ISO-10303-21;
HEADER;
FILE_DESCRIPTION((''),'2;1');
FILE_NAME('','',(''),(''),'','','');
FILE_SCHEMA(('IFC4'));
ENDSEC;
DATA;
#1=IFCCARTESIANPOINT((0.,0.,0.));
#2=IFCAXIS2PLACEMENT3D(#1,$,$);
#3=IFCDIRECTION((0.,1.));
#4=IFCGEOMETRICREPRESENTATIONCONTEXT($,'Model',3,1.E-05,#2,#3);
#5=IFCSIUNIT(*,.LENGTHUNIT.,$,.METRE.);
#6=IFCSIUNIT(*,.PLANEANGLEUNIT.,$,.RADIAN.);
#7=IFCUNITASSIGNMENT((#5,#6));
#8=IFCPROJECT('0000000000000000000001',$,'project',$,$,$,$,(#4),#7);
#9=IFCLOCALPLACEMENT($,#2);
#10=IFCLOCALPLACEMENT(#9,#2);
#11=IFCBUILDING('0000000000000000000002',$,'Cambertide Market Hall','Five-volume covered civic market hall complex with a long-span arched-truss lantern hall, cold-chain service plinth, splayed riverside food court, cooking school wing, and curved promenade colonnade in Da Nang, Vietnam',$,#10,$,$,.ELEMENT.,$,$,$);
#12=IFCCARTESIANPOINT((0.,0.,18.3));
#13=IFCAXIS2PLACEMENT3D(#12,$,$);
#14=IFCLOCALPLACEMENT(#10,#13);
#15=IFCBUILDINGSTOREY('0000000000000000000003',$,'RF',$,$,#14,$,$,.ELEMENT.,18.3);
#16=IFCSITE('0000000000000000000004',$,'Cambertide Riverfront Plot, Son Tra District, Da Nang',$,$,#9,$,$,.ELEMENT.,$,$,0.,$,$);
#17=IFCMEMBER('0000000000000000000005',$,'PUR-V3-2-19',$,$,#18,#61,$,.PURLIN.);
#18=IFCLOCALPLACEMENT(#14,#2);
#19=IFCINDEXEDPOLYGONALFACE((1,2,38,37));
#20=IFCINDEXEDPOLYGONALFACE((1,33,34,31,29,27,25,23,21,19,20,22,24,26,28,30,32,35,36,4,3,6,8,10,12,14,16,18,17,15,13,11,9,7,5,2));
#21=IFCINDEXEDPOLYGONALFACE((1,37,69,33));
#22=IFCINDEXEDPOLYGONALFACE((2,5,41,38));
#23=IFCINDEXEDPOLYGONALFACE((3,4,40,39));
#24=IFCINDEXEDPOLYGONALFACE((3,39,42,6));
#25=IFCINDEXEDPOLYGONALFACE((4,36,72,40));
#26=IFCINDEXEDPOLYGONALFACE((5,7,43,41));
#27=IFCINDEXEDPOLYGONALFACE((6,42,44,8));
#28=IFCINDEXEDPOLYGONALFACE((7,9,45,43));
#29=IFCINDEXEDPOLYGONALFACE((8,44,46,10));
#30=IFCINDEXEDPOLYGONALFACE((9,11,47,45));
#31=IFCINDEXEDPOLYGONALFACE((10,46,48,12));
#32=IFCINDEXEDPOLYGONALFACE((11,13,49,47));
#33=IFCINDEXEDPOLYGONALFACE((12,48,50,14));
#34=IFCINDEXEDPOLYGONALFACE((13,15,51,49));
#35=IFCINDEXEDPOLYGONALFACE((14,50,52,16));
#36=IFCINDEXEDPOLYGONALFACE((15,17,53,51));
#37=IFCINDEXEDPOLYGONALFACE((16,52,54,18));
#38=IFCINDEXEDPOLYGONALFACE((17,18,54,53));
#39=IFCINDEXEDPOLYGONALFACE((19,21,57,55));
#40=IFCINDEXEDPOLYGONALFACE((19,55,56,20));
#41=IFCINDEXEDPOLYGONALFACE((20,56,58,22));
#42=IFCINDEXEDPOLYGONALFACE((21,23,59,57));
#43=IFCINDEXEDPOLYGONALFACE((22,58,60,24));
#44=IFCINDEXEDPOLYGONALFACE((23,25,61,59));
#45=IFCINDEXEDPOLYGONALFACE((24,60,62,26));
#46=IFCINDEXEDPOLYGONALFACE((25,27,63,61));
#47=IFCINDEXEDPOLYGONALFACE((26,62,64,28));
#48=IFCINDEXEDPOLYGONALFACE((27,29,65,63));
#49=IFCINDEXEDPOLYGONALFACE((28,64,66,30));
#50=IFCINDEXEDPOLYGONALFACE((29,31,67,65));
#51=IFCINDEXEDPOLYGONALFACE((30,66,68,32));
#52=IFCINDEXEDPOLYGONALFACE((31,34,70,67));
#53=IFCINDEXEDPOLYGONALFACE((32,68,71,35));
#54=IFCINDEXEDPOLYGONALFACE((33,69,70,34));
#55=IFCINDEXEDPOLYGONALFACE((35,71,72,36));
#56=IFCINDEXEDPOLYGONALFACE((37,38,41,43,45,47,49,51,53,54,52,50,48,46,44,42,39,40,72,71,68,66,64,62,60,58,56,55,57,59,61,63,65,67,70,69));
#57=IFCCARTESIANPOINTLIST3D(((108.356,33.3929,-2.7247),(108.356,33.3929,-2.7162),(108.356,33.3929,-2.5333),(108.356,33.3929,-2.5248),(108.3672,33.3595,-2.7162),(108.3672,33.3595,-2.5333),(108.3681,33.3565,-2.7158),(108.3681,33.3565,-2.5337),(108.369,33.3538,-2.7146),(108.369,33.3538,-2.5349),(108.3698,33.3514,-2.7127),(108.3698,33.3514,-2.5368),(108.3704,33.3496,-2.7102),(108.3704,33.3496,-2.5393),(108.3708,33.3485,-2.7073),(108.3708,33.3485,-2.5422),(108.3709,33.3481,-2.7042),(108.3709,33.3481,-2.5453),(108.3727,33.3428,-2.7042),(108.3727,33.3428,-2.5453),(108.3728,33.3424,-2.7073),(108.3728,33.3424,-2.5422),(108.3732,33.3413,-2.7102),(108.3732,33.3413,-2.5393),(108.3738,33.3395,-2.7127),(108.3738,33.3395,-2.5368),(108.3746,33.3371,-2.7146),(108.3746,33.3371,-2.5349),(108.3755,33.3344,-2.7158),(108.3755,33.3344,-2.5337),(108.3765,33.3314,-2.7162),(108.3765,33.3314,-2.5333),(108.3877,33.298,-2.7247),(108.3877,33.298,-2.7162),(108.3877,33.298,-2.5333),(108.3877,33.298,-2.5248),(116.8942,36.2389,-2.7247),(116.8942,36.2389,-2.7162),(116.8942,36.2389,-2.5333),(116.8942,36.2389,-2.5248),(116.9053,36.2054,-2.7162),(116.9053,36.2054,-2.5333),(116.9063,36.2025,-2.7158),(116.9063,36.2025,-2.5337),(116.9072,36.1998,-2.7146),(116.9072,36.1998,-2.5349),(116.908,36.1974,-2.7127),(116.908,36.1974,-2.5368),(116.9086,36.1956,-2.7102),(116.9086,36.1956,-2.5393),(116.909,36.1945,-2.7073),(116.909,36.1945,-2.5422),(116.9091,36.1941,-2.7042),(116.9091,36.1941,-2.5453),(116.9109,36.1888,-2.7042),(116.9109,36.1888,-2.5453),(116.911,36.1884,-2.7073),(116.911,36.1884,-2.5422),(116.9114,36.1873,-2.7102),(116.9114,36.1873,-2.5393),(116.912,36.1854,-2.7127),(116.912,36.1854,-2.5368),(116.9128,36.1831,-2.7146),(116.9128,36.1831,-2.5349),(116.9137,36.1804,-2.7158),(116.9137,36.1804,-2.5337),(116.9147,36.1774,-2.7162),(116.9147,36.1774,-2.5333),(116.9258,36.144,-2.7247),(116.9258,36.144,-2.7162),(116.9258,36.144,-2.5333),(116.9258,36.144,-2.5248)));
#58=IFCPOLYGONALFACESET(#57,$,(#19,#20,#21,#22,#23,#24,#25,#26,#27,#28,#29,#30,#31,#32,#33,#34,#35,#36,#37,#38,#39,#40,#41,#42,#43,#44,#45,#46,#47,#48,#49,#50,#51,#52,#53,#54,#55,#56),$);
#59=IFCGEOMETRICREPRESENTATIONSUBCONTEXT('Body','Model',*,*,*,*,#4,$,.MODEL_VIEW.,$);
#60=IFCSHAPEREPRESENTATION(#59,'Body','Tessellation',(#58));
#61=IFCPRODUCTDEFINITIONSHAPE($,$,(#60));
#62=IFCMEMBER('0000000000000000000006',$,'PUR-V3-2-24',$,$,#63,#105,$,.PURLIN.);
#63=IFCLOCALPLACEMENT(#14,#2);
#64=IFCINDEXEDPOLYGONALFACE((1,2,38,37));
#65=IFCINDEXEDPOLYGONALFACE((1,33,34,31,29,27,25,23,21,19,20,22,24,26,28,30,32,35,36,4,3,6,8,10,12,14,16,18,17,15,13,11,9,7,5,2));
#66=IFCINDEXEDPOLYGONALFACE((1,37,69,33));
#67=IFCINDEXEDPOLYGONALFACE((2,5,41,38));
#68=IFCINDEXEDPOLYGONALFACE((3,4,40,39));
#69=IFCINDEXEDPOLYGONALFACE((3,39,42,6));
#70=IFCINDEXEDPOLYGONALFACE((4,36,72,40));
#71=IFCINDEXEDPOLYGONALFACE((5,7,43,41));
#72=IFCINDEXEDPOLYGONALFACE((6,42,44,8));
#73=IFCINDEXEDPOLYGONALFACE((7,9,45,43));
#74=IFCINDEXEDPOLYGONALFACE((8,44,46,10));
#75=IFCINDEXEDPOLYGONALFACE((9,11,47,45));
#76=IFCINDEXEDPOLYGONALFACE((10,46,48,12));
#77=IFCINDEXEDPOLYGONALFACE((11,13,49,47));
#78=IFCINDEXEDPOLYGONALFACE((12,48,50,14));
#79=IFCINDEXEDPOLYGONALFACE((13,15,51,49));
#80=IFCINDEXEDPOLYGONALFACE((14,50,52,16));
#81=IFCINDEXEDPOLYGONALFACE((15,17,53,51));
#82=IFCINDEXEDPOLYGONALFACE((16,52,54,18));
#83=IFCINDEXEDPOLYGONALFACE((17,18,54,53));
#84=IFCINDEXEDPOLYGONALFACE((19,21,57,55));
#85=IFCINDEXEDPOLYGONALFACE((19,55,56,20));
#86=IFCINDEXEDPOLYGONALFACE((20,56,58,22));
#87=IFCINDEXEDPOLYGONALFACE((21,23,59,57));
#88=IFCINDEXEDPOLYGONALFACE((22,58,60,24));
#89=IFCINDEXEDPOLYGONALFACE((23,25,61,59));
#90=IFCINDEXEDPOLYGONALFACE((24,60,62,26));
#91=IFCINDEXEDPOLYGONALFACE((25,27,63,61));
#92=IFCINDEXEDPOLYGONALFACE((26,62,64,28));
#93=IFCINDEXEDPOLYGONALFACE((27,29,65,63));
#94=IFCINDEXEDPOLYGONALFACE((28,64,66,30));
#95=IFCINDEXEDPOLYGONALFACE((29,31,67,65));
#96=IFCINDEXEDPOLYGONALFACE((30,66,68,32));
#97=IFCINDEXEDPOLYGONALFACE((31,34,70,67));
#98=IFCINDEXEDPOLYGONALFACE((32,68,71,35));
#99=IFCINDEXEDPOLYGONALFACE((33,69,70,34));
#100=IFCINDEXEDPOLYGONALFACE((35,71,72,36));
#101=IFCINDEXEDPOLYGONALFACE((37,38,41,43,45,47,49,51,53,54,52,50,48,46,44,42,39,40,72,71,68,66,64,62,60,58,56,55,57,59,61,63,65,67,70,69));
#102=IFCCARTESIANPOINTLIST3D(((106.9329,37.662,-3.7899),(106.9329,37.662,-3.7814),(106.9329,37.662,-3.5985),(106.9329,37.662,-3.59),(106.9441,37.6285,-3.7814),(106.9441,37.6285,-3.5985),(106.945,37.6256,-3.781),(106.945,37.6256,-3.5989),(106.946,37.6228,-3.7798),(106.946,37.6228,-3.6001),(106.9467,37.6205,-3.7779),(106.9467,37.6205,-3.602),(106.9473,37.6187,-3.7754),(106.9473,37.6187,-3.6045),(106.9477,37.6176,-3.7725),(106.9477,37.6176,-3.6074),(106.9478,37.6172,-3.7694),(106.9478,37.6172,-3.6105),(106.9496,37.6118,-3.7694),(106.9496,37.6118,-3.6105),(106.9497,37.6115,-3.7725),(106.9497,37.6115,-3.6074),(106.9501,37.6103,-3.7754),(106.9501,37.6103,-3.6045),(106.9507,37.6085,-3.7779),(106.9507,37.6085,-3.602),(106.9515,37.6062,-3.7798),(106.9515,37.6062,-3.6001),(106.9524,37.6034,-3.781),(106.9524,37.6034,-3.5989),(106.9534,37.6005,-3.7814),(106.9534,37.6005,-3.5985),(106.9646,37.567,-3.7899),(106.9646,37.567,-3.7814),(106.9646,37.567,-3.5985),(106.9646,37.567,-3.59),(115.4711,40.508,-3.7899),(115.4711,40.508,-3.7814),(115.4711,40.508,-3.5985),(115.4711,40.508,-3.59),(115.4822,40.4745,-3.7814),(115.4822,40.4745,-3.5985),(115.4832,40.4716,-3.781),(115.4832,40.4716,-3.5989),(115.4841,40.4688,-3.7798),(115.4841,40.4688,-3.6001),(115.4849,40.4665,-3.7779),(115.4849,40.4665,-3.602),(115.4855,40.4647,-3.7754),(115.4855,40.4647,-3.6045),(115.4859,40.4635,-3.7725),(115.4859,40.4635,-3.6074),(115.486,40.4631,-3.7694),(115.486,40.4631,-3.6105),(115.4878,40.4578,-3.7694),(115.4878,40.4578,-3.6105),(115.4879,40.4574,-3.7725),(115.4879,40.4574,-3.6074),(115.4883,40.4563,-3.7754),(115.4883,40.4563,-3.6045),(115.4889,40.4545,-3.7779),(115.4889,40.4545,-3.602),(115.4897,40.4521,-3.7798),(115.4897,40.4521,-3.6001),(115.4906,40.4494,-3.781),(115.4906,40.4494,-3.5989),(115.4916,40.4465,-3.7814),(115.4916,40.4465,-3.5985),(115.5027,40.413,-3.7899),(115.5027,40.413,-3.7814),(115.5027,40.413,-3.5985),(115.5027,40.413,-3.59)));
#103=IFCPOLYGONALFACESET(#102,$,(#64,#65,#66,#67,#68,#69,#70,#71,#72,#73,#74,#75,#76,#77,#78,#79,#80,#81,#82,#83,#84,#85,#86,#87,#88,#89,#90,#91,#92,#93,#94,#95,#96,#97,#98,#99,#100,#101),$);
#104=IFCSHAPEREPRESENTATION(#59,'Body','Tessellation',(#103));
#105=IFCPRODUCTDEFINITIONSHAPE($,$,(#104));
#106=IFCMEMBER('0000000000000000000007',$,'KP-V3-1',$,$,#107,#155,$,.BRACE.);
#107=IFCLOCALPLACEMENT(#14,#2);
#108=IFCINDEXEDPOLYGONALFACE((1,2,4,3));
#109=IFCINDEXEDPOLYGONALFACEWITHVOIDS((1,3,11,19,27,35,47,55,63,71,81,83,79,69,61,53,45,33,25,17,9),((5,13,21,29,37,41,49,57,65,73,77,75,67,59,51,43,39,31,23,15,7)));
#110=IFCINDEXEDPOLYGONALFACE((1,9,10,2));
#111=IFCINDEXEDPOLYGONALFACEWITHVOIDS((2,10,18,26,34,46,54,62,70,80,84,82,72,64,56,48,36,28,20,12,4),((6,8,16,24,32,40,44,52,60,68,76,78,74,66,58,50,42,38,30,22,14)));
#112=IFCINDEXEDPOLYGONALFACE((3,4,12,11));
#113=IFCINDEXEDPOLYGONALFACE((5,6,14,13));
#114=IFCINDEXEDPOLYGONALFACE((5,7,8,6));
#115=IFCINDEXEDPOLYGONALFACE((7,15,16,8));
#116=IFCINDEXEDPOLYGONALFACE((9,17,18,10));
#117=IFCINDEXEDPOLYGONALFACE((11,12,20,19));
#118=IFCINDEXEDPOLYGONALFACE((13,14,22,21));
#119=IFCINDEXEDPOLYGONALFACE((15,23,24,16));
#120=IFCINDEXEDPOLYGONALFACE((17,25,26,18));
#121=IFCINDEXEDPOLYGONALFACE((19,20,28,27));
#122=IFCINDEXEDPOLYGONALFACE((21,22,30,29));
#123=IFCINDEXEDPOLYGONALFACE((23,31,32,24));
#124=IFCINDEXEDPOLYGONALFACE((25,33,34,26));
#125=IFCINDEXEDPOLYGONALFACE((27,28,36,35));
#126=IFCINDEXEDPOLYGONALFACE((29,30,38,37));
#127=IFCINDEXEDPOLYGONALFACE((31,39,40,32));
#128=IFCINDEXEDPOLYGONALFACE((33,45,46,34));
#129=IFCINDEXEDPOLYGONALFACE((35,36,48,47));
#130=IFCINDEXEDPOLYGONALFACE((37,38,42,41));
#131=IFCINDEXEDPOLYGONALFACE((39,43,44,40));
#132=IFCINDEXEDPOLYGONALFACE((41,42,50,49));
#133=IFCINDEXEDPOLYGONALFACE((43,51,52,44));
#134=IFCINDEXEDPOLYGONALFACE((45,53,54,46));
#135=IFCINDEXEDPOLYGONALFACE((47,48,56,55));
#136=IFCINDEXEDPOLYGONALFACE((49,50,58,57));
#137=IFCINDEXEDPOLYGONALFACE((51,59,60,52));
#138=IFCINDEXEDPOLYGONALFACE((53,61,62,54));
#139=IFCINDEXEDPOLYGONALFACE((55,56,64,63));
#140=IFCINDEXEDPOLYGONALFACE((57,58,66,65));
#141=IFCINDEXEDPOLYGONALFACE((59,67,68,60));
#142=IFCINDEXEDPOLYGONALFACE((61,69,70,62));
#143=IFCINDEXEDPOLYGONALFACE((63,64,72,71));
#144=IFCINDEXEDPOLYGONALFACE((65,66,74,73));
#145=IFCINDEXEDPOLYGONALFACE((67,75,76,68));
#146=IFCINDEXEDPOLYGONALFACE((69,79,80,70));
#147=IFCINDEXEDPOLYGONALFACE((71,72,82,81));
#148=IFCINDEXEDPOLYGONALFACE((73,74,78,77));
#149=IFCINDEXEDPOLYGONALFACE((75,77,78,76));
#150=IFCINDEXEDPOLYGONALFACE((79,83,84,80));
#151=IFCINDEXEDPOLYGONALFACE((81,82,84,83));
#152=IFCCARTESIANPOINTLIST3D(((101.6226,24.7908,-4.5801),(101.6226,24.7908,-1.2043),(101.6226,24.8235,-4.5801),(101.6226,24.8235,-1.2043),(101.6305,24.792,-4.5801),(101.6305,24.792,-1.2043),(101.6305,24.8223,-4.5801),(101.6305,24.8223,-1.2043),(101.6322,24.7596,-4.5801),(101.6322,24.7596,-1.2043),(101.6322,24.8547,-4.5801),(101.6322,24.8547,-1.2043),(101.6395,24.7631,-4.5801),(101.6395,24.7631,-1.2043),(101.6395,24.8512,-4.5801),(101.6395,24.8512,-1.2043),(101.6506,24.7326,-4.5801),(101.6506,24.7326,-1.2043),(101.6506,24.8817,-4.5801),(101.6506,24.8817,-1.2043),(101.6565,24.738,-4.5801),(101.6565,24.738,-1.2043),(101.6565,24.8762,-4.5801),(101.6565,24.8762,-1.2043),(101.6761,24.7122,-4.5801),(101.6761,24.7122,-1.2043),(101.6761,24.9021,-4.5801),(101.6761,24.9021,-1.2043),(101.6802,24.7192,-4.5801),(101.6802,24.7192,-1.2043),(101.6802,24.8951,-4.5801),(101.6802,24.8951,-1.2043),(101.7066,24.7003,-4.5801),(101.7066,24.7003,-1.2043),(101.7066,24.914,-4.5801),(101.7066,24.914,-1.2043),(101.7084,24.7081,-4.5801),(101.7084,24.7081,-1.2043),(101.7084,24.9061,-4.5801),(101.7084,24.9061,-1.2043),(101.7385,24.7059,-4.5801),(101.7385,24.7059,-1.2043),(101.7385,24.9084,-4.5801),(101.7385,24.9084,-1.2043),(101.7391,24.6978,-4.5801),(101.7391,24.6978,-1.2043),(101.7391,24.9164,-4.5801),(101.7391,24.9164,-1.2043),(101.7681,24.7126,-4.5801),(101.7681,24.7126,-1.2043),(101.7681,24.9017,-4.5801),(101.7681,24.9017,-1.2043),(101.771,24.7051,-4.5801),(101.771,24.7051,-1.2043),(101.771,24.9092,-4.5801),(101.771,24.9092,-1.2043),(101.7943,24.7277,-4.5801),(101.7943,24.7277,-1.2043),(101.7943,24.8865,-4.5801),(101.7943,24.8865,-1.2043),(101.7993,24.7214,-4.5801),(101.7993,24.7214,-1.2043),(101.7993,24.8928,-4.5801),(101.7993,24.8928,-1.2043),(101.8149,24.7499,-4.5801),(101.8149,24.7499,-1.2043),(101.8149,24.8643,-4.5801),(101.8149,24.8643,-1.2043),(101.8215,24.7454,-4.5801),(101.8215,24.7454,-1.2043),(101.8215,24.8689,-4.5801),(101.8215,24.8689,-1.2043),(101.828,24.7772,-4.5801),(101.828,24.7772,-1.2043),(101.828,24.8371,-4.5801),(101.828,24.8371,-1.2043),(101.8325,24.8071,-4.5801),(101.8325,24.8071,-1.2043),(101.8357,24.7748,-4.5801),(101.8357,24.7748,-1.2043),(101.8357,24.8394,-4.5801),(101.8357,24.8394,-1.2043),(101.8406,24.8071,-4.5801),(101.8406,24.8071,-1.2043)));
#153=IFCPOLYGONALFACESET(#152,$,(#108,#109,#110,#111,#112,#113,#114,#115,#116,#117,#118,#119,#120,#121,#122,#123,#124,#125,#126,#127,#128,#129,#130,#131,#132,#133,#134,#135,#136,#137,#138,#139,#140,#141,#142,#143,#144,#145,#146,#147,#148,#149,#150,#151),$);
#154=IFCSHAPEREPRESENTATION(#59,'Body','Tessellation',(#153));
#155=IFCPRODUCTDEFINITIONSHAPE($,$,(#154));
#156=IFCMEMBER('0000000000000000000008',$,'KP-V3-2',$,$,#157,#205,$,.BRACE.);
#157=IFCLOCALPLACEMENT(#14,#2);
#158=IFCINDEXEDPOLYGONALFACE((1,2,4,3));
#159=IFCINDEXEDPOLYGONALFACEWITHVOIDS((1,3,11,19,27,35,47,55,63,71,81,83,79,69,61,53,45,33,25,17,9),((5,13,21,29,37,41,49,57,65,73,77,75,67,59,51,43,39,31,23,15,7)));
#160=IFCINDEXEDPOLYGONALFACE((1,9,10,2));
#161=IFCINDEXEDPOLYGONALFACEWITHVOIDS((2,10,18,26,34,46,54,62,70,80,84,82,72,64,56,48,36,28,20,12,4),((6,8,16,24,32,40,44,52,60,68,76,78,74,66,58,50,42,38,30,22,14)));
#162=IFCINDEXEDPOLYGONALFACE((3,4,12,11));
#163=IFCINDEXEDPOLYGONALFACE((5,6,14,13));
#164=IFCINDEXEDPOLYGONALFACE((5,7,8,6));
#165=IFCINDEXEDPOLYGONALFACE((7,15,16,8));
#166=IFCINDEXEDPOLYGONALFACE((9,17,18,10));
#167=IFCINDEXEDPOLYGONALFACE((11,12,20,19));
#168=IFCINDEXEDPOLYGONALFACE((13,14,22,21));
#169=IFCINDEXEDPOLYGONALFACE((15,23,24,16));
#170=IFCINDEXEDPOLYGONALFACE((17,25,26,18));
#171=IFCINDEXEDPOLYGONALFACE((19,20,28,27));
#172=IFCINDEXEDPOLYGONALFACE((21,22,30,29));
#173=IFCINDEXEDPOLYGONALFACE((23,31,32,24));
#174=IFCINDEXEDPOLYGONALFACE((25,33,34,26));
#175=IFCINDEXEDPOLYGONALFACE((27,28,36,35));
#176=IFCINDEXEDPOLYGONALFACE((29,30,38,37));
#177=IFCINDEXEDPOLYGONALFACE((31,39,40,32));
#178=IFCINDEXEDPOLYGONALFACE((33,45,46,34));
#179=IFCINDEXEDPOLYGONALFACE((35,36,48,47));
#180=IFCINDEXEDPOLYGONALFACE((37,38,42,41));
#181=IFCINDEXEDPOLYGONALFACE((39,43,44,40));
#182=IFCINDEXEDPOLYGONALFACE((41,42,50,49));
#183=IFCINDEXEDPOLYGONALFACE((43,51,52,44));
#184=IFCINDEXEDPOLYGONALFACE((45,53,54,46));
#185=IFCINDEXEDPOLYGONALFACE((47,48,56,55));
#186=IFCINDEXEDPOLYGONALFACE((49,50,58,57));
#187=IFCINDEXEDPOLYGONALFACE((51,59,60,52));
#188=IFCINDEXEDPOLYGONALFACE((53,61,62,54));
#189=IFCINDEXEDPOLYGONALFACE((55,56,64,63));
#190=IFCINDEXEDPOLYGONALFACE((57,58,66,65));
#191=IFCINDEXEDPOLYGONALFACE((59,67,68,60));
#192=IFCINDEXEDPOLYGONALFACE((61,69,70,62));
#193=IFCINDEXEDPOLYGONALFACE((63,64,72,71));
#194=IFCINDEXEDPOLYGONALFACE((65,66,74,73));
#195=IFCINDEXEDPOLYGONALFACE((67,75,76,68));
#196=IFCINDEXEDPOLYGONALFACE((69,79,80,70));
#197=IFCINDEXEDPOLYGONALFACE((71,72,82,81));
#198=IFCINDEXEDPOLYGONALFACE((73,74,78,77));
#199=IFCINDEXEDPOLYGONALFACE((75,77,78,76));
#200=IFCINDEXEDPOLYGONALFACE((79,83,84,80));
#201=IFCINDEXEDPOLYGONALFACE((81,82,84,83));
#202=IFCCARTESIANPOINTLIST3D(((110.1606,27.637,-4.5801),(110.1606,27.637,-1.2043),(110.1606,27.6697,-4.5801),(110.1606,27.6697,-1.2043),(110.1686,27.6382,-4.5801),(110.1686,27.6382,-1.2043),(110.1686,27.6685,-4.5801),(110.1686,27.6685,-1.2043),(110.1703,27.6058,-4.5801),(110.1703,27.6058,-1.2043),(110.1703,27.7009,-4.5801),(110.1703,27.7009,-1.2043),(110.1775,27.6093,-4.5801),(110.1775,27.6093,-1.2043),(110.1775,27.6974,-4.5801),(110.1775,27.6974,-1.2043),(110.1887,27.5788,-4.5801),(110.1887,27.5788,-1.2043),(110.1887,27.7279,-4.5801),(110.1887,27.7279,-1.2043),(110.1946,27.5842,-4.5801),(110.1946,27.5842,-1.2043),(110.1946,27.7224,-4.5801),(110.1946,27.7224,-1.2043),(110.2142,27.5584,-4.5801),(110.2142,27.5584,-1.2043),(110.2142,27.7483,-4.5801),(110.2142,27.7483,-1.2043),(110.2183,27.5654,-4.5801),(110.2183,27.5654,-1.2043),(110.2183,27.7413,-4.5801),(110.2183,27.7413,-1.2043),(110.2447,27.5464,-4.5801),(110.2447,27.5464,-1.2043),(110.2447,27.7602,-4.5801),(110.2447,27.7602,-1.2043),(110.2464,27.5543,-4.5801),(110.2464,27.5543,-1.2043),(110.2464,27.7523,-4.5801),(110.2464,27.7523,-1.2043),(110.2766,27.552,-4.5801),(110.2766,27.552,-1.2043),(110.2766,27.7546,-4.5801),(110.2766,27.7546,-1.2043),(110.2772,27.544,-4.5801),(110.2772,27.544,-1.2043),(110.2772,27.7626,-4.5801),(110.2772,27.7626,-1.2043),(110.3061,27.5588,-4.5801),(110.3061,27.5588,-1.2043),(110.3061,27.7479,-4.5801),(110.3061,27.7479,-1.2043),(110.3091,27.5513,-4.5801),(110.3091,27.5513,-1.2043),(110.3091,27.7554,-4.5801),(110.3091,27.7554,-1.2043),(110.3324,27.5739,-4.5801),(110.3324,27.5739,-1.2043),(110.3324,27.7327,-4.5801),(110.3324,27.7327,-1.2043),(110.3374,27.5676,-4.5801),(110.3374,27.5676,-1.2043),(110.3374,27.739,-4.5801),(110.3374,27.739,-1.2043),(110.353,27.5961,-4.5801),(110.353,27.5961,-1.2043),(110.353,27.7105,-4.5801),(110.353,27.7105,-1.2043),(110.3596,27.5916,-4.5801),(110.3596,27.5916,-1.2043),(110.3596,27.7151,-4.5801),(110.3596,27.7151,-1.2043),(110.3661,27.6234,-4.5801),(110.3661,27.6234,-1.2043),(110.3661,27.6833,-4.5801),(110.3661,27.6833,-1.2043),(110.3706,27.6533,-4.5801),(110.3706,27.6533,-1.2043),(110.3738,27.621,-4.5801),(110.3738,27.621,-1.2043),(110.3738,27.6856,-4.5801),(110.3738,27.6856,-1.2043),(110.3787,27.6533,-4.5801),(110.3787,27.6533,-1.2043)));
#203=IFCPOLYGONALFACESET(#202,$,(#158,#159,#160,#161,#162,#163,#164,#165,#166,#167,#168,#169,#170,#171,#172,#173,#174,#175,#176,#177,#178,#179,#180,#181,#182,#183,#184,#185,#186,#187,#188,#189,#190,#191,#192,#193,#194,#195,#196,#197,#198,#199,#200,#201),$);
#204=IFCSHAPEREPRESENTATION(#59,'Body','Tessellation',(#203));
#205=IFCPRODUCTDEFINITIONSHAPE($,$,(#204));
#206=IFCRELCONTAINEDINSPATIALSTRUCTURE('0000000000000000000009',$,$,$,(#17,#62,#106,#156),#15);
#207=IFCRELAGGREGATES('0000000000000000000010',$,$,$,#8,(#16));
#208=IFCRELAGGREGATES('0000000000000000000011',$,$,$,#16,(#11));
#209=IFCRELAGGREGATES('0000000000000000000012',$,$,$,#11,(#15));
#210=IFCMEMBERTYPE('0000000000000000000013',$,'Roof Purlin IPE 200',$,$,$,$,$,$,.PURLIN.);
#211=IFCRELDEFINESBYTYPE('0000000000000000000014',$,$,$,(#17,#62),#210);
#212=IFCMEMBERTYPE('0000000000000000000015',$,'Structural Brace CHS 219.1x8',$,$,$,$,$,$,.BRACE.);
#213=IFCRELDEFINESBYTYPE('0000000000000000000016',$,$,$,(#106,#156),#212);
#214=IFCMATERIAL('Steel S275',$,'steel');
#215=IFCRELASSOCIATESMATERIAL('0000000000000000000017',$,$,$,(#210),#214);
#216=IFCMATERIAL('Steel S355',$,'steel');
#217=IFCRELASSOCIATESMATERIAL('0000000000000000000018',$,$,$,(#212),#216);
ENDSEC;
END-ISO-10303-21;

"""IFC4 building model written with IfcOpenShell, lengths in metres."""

from ifc_helpers import new_model, si_unit, direction, frame, origin, origin_2d, place, context, subcontext, project, spatial, hollow_circle, i_section, extrude, material, material_profile, profile_set, type_object, element, save


model = new_model("IFC4")

# Units and contexts
model_context = context("Model", 3, precision=1e-05, world=origin(), true_north=direction((0.0, 1.0)))
body_context = subcontext(model_context, "Body", "Model", "MODEL_VIEW")
ifc_project = project(units=[si_unit("LENGTHUNIT", "METRE"), si_unit("PLANEANGLEUNIT", "RADIAN")], contexts=[model_context])

# Site, building, storey
site_placement = place(None, origin())
site = spatial("IfcSite", under=ifc_project, at=site_placement, Name="Cambertide Riverfront Plot, Son Tra District, Da Nang", CompositionType="ELEMENT", RefElevation=0.0)
building_placement = place(site_placement, origin())
building = spatial("IfcBuilding", under=site, at=building_placement, Name="Cambertide Market Hall", Description="Five-volume covered civic market hall complex with a long-span arched-truss lantern hall, cold-chain service plinth, splayed riverside food court, cooking school wing, and curved promenade colonnade in Da Nang, Vietnam", CompositionType="ELEMENT")
storey_placement = place(building_placement, frame((0.0, 0.0, 18.3)))
storey = spatial("IfcBuildingStorey", under=building, at=storey_placement, Name="RF", CompositionType="ELEMENT", Elevation=18.3)

# Members
ifc_material_1 = material(Name="Steel S275", Category="steel")
ifc_material_profile_1 = material_profile(ifc_material_1, i_section(OverallWidth=0.1001, OverallDepth=0.2, WebThickness=0.0056, FlangeThickness=0.0085, FilletRadius=0.012, at=origin_2d()), Name="IPE 200")
ifc_profile_set_1 = profile_set([ifc_material_profile_1], Name="Steel S275")
member_type_1 = type_object("IfcMemberType", Name="Roof Purlin IPE 200", PredefinedType="PURLIN", material=ifc_profile_set_1)
for number, where, z_axis, x_axis, name in (
    (1, (108.3718, 33.3455, -2.6248), (0.948686, 0.31622, 0.0), (-0.31622, 0.948686, 0.0), "PUR-V3-2-19"),
    (2, (106.9487, 37.6145, -3.6899), (0.948686, 0.31622, 0.0), (-0.31622, 0.948686, 0.0), "PUR-V3-2-24"),
):
    element("IfcMember", number, at=place(storey_placement, frame(where, z_axis=z_axis, x_axis=x_axis)), inside=storey, type_object=member_type_1, Name=name, PredefinedType="PURLIN", context=body_context, shape_type="SweptSolid", body=[
        extrude(i_section(OverallWidth=0.1001, OverallDepth=0.2, WebThickness=0.0056, FlangeThickness=0.0085, FilletRadius=0.012, at=origin_2d()), origin(), (0.0, 0.0, 1.0), 9.0),
    ])
ifc_material_2 = material(Name="Steel S355", Category="steel")
ifc_material_profile_2 = material_profile(ifc_material_2, hollow_circle(Radius=0.1096, WallThickness=0.0081, at=origin_2d()), Name="CHS 219.1x8")
ifc_profile_set_2 = profile_set([ifc_material_profile_2], Name="Steel S355")
member_type_2 = type_object("IfcMemberType", Name="Structural Brace CHS 219.1x8", PredefinedType="BRACE", material=ifc_profile_set_2)
for number, where, z_axis, x_axis, name in (
    (3, (101.731, 24.8071, -4.5801), (0.0, 0.0, 1.0), (1.0, 0.0, 0.0), "KP-V3-1"),
    (4, (110.269, 27.6533, -4.5801), (0.0, 0.0, 1.0), (1.0, 0.0, 0.0), "KP-V3-2"),
):
    element("IfcMember", number, at=place(storey_placement, frame(where, z_axis=z_axis, x_axis=x_axis)), inside=storey, type_object=member_type_2, Name=name, PredefinedType="BRACE", context=body_context, shape_type="SweptSolid", body=[
        extrude(hollow_circle(Radius=0.1096, WallThickness=0.0081, at=origin_2d()), origin(), (0.0, 0.0, 1.0), 3.3757),
    ])

save(model, "model.ifc")
